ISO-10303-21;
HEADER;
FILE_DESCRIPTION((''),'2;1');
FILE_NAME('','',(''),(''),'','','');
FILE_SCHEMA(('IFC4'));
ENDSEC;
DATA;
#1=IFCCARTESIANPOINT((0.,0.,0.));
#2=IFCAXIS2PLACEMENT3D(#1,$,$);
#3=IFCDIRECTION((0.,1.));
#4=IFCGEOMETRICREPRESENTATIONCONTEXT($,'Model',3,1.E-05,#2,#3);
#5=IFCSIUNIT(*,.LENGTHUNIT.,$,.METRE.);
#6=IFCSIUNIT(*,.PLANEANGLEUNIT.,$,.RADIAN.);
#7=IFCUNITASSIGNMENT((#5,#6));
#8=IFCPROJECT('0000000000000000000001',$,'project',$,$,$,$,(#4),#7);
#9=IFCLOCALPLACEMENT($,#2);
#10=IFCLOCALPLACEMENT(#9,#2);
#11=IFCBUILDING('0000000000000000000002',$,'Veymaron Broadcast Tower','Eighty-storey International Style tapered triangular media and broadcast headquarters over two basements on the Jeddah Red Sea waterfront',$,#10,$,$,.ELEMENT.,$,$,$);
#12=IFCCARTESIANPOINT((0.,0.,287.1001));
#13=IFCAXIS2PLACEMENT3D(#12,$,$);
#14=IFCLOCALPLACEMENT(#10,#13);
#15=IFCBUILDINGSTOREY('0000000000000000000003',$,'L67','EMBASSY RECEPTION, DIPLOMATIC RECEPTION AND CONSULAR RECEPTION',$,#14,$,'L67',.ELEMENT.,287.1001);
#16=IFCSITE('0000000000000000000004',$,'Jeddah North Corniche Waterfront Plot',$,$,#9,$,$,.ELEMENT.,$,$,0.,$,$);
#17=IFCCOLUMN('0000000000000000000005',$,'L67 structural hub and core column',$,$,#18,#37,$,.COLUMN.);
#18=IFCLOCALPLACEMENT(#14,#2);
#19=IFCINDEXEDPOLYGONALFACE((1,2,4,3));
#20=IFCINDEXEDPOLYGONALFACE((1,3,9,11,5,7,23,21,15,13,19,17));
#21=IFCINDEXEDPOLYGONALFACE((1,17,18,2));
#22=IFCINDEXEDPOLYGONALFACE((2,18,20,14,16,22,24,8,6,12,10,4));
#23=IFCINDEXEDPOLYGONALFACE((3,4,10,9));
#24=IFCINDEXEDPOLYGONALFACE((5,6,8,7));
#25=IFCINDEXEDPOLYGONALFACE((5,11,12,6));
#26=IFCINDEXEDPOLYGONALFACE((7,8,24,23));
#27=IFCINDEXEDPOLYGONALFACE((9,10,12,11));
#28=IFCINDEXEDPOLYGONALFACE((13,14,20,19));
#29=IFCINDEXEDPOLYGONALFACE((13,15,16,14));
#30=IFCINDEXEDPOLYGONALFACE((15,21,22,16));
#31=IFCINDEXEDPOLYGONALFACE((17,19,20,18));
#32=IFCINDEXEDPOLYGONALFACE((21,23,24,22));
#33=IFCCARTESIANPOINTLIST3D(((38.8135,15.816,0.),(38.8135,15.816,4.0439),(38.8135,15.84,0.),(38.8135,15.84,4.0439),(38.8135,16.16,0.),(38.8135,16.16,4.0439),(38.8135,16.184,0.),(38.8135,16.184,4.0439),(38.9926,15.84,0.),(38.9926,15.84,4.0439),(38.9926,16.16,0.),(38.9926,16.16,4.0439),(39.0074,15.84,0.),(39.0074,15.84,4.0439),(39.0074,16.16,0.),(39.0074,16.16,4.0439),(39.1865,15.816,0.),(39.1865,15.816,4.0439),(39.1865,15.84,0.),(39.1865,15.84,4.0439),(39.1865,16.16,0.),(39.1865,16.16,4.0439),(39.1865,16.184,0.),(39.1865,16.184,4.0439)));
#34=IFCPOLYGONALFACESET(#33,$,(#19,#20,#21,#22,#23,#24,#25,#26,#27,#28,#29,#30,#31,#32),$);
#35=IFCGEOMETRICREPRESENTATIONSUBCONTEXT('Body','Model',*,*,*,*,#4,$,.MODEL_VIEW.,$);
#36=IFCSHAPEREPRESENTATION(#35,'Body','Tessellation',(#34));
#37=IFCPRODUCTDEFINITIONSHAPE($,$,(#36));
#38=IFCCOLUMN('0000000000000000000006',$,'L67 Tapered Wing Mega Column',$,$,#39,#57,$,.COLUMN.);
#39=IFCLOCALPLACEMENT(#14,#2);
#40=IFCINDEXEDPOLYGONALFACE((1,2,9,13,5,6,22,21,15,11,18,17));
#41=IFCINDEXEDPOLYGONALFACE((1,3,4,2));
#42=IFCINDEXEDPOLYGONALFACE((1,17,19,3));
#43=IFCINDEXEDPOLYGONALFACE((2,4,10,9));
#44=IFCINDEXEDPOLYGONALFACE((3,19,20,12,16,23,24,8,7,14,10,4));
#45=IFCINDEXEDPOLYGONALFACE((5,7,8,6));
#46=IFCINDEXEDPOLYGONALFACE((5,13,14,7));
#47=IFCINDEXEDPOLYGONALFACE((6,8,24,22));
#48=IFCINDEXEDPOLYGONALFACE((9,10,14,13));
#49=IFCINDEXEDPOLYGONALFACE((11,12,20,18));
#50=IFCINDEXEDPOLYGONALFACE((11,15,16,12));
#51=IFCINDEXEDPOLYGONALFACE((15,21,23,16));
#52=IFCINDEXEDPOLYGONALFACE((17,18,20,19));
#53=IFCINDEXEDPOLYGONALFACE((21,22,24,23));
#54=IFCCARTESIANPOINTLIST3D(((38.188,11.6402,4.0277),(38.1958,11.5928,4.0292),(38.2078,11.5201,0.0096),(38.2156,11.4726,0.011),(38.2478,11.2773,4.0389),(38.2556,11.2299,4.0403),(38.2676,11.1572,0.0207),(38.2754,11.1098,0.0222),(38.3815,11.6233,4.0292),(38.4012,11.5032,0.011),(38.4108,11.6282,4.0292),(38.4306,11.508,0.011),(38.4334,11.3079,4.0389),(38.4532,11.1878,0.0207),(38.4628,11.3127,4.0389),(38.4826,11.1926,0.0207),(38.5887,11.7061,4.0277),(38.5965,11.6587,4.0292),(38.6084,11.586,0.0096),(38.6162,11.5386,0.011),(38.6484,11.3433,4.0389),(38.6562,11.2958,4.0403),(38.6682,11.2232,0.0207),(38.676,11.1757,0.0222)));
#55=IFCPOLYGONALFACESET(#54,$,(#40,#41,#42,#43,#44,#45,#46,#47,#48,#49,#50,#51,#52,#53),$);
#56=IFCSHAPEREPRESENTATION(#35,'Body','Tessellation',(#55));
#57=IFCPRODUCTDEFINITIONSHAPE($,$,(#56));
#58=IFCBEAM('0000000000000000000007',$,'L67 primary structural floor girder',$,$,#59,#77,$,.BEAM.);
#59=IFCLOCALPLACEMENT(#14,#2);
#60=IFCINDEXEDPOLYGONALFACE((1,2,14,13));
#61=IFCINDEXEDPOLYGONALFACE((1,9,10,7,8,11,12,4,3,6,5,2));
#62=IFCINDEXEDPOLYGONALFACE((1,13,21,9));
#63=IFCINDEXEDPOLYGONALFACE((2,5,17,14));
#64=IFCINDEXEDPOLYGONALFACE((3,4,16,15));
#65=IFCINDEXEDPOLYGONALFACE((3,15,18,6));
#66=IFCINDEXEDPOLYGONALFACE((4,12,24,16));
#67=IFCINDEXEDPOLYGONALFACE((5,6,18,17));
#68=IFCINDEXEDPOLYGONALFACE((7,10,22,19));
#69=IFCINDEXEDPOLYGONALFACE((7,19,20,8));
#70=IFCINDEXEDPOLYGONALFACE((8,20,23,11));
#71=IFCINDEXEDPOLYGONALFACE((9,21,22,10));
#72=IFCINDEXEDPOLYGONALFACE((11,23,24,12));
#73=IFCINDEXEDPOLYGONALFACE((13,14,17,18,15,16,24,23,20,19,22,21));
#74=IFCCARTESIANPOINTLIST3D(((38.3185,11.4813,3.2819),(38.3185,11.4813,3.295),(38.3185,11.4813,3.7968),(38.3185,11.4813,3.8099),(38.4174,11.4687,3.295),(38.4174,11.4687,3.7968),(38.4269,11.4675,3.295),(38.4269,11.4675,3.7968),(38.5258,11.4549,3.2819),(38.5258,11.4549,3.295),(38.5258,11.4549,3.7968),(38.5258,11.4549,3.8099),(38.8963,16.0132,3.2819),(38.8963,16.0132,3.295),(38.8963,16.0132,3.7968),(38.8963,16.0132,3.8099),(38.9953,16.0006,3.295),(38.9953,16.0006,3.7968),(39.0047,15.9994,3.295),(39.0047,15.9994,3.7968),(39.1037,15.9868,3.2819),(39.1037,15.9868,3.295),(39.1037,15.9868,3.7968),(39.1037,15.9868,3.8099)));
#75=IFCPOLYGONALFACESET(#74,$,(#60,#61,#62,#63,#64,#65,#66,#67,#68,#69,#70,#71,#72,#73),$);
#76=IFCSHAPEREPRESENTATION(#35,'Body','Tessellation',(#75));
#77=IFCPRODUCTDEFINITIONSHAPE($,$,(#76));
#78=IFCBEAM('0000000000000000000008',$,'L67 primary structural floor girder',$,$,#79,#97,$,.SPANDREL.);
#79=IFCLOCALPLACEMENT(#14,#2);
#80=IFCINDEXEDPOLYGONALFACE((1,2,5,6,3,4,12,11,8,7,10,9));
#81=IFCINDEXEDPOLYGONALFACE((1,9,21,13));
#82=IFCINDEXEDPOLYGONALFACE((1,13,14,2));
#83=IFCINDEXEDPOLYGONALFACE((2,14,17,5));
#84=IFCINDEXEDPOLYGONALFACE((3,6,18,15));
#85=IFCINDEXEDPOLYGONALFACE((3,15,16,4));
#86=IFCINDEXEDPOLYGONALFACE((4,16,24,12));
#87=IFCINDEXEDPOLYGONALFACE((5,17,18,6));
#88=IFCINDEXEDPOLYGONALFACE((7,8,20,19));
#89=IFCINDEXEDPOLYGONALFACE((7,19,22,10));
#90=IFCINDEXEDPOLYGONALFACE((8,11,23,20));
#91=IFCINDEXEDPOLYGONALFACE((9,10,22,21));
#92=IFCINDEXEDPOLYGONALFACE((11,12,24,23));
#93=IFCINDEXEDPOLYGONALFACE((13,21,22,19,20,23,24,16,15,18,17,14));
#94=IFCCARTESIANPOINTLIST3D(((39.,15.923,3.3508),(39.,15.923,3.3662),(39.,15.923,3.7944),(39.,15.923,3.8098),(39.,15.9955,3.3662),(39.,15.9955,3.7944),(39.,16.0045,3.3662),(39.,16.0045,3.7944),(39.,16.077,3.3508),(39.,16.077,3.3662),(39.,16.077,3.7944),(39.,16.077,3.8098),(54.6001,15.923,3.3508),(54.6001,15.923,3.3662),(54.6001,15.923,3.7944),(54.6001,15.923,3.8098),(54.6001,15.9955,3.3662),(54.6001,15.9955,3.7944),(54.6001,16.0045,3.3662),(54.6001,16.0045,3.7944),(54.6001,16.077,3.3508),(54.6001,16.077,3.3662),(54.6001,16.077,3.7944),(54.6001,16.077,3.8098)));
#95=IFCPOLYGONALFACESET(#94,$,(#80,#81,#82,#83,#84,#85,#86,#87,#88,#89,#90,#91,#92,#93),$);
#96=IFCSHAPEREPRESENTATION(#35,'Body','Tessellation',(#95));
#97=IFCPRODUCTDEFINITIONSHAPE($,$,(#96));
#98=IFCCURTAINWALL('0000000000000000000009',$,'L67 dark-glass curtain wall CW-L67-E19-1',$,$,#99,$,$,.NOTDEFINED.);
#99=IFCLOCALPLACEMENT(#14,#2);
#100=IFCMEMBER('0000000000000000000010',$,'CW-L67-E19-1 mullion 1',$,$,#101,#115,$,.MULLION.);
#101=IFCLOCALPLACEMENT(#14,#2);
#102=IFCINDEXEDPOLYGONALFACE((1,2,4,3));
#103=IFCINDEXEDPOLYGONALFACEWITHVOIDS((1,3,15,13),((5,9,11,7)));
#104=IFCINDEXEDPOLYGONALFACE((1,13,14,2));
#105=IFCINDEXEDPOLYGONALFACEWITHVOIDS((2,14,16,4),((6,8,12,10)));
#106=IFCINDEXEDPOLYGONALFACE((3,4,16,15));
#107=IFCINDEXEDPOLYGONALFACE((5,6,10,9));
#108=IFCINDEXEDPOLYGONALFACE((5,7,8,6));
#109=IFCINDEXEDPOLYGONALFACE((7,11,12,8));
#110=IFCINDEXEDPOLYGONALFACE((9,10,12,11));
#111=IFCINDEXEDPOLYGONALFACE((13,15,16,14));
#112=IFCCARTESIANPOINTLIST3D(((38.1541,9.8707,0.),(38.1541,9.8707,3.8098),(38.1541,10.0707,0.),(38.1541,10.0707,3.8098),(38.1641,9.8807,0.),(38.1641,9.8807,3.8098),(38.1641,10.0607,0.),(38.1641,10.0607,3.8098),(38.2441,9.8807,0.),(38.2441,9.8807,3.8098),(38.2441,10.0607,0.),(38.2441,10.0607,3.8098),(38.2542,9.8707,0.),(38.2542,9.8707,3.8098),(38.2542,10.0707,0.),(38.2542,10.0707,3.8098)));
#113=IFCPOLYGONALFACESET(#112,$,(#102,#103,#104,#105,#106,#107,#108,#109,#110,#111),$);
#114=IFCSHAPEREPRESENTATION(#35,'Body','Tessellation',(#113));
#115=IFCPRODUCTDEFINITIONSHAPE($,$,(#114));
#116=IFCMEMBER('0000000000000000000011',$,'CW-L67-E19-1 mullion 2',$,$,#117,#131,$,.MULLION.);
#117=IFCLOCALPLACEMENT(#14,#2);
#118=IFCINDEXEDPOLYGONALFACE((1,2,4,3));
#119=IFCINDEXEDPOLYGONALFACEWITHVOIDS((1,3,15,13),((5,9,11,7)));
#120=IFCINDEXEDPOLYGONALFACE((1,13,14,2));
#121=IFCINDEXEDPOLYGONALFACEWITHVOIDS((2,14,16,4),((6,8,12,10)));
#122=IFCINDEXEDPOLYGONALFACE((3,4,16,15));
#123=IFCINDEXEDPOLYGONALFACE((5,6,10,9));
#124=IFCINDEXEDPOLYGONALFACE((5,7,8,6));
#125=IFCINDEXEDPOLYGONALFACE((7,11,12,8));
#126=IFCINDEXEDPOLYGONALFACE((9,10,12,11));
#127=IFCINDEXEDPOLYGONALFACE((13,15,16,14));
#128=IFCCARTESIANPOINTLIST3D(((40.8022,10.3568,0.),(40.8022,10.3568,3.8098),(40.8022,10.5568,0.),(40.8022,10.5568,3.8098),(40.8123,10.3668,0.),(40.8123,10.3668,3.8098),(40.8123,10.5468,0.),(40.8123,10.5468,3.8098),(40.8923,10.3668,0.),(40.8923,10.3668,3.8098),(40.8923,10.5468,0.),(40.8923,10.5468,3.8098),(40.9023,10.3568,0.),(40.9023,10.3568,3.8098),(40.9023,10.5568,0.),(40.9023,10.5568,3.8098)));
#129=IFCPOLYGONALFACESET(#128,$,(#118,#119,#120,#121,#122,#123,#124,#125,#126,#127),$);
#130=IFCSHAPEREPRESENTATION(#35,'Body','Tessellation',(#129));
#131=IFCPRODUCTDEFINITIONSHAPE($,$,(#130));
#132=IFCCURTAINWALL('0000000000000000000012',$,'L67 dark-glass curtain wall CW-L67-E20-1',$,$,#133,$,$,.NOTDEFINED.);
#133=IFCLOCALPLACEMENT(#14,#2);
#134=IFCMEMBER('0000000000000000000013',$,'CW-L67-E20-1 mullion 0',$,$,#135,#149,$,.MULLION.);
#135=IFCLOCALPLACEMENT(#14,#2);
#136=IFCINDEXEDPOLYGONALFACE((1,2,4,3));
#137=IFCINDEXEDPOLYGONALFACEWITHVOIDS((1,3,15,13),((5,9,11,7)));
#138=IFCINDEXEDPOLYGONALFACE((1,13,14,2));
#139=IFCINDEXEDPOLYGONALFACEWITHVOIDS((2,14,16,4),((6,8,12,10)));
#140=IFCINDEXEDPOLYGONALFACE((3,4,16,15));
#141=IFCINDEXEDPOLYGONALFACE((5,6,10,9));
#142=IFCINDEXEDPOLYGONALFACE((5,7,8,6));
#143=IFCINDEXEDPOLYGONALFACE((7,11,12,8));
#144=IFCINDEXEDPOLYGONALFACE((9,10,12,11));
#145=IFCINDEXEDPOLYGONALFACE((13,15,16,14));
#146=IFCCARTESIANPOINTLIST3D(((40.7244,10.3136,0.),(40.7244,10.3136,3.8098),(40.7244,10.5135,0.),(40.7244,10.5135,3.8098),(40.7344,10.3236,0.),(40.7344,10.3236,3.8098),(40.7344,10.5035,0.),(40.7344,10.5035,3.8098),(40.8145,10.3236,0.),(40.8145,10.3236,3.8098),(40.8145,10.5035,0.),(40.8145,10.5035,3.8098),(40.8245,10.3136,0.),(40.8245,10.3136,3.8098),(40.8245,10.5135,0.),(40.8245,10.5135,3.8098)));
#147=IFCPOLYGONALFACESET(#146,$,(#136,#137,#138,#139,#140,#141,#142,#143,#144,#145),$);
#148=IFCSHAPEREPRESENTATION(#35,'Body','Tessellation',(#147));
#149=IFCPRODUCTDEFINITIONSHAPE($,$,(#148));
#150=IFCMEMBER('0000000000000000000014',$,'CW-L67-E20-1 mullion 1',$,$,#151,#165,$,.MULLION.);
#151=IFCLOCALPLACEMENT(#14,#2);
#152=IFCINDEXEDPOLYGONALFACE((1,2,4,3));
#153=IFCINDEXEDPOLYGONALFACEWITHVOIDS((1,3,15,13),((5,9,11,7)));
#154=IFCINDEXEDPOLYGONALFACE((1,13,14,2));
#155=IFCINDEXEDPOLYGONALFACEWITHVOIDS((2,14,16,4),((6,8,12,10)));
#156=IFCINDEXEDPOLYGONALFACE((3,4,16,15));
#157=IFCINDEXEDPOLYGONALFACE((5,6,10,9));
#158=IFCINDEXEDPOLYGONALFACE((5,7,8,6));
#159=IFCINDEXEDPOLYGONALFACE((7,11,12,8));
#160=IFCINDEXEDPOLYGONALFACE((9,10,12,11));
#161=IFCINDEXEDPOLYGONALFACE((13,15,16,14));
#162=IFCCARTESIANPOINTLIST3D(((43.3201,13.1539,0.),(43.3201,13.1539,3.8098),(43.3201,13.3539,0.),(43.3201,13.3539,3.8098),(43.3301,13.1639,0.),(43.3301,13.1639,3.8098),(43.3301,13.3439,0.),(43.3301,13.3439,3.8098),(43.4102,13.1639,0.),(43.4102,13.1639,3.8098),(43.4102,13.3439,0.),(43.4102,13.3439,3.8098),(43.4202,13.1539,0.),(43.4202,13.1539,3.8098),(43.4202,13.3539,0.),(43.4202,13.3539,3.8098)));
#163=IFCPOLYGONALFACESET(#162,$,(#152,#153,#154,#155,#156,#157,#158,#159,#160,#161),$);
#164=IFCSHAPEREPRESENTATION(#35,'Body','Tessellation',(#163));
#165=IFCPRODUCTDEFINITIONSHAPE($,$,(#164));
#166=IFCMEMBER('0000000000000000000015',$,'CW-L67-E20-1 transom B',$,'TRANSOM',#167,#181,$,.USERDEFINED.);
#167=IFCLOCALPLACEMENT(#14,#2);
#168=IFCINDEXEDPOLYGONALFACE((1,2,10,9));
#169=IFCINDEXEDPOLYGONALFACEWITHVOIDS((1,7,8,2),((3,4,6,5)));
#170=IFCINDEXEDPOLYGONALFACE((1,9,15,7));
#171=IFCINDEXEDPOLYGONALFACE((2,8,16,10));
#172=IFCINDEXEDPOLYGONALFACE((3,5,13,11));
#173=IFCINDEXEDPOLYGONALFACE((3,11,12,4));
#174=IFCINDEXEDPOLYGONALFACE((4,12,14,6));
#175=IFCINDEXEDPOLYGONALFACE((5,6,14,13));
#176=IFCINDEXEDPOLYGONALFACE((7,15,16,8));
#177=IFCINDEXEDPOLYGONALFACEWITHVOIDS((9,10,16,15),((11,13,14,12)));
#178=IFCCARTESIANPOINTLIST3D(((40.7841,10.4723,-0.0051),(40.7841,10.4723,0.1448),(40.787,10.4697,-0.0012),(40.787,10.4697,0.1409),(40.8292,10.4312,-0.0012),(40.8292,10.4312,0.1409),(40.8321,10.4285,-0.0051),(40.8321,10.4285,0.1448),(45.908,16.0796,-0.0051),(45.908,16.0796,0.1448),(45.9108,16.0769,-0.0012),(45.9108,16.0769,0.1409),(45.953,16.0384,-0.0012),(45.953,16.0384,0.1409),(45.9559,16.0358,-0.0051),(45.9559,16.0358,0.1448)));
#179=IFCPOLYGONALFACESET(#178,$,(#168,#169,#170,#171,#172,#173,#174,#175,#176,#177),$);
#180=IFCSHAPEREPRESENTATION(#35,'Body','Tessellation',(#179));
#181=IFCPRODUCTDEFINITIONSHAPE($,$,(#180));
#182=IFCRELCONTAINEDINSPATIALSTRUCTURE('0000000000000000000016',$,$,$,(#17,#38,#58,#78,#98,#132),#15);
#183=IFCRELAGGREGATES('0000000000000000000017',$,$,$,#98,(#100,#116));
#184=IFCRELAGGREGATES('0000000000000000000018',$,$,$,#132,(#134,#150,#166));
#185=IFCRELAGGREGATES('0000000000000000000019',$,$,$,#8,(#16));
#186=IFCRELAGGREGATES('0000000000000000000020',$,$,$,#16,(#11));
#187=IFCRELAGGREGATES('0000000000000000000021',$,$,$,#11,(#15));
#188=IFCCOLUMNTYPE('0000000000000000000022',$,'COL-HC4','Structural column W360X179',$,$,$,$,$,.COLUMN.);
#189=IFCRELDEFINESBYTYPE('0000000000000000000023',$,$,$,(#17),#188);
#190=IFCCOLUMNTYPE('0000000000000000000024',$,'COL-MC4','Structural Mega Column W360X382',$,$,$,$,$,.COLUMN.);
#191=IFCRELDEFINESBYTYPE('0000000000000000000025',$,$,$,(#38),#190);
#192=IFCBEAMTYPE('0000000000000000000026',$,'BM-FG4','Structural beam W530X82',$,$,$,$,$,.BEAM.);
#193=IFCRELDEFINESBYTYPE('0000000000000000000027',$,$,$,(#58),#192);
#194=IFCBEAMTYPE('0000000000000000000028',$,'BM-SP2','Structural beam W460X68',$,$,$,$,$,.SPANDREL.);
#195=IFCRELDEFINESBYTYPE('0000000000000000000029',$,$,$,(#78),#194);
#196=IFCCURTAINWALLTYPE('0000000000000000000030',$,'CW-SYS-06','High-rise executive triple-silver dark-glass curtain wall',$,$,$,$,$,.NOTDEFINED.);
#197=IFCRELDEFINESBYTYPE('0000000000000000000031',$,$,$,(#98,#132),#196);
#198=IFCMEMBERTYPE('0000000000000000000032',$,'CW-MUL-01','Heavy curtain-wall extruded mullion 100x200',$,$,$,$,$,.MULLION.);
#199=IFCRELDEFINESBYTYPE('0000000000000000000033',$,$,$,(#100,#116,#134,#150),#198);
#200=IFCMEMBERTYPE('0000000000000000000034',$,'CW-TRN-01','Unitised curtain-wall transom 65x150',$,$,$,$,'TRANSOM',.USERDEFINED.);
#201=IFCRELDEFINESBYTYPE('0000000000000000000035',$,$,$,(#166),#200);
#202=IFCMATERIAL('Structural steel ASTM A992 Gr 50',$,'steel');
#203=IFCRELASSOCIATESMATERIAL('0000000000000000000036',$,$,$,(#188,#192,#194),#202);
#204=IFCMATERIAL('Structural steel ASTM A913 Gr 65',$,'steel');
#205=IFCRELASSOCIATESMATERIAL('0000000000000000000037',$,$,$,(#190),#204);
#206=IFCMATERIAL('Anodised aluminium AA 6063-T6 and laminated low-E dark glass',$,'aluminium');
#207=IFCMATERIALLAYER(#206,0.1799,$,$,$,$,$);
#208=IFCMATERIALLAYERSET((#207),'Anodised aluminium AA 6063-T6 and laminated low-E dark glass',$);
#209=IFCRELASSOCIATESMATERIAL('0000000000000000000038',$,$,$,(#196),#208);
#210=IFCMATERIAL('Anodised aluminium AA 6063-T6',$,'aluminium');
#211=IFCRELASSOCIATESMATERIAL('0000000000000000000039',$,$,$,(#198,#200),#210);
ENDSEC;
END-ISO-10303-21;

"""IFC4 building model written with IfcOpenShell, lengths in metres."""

from ifc_helpers import new_model, si_unit, direction, frame, origin, origin_2d, place, context, subcontext, project, spatial, hollow_rectangle, i_section, extrude, material, layer, layer_set, material_profile, profile_set, type_object, element, aggregate, save


model = new_model("IFC4")

# Units and contexts
model_context = context("Model", 3, precision=1e-05, world=origin(), true_north=direction((0.0, 1.0)))
body_context = subcontext(model_context, "Body", "Model", "MODEL_VIEW")
ifc_project = project(units=[si_unit("LENGTHUNIT", "METRE"), si_unit("PLANEANGLEUNIT", "RADIAN")], contexts=[model_context])

# Site, building, storey
site_placement = place(None, origin())
site = spatial("IfcSite", under=ifc_project, at=site_placement, Name="Jeddah North Corniche Waterfront Plot", CompositionType="ELEMENT", RefElevation=0.0)
building_placement = place(site_placement, origin())
building = spatial("IfcBuilding", under=site, at=building_placement, Name="Veymaron Broadcast Tower", Description="Eighty-storey International Style tapered triangular media and broadcast headquarters over two basements on the Jeddah Red Sea waterfront", CompositionType="ELEMENT")
storey_placement = place(building_placement, frame((0.0, 0.0, 287.1001)))
storey = spatial("IfcBuildingStorey", under=building, at=storey_placement, Name="L67", Description="EMBASSY RECEPTION, DIPLOMATIC RECEPTION AND CONSULAR RECEPTION", LongName="L67", CompositionType="ELEMENT", Elevation=287.1001)

# Columns
ifc_material_1 = material(Name="Structural steel ASTM A992 Gr 50", Category="steel")
ifc_material_profile_1 = material_profile(ifc_material_1, i_section(OverallWidth=0.373, OverallDepth=0.3679, WebThickness=0.0149, FlangeThickness=0.0239, at=origin_2d()), Name="W360X179")
ifc_profile_set_1 = profile_set([ifc_material_profile_1], Name="Structural steel ASTM A992 Gr 50")
column_type_1 = type_object("IfcColumnType", Name="COL-HC4", Description="Structural column W360X179", PredefinedType="COLUMN", material=ifc_profile_set_1)
column_1_placement = place(storey_placement, frame((39.0, 16.0, 0.0), z_axis=(0.0, 0.0, 1.0), x_axis=(1.0, 0.0, 0.0)))
element("IfcColumn", 1, at=column_1_placement, inside=storey, type_object=column_type_1, Name="L67 structural hub and core column", PredefinedType="COLUMN", context=body_context, shape_type="SweptSolid", body=[
    extrude(i_section(OverallWidth=0.373, OverallDepth=0.3679, WebThickness=0.0149, FlangeThickness=0.0239, at=origin_2d()), origin(), (0.0, 0.0, 1.0), 4.0439),
])
ifc_material_2 = material(Name="Structural steel ASTM A913 Gr 65", Category="steel")
ifc_material_profile_2 = material_profile(ifc_material_2, i_section(OverallWidth=0.406, OverallDepth=0.416, WebThickness=0.0298, FlangeThickness=0.0481, at=origin_2d()), Name="W360X382")
ifc_profile_set_2 = profile_set([ifc_material_profile_2], Name="Structural steel ASTM A913 Gr 65")
column_type_2 = type_object("IfcColumnType", Name="COL-MC4", Description="Structural Mega Column W360X382", PredefinedType="COLUMN", material=ifc_profile_set_2)
column_2_placement = place(storey_placement, frame((38.4419, 11.3479, 0.0159), z_axis=(-0.004919, 0.029881, 0.999541), x_axis=(-0.986717, -0.162447, 0.0)))
element("IfcColumn", 2, at=column_2_placement, inside=storey, type_object=column_type_2, Name="L67 Tapered Wing Mega Column", PredefinedType="COLUMN", context=body_context, shape_type="SweptSolid", body=[
    extrude(i_section(OverallWidth=0.406, OverallDepth=0.416, WebThickness=0.0298, FlangeThickness=0.0481, at=origin_2d()), origin(), (0.0, 0.0, 1.0), 4.02),
])

# Beams
ifc_material_profile_3 = material_profile(ifc_material_1, i_section(OverallWidth=0.209, OverallDepth=0.5281, WebThickness=0.0095, FlangeThickness=0.0132, at=origin_2d()), Name="W530X82")
ifc_profile_set_3 = profile_set([ifc_material_profile_3], Name="Structural steel ASTM A992 Gr 50")
beam_type_1 = type_object("IfcBeamType", Name="BM-FG4", Description="Structural beam W530X82", PredefinedType="BEAM", material=ifc_profile_set_3)
beam_1_placement = place(storey_placement, frame((39.0, 16.0, 3.5459), z_axis=(-0.126488, -0.991968, 0.0), x_axis=(0.991968, -0.126488, 0.0)))
element("IfcBeam", 3, at=beam_1_placement, inside=storey, type_object=beam_type_1, Name="L67 primary structural floor girder", PredefinedType="BEAM", context=body_context, shape_type="SweptSolid", body=[
    extrude(i_section(OverallWidth=0.209, OverallDepth=0.5281, WebThickness=0.0095, FlangeThickness=0.0132, at=origin_2d()), origin(), (0.0, 0.0, 1.0), 4.5686),
])
ifc_material_profile_4 = material_profile(ifc_material_1, i_section(OverallWidth=0.1541, OverallDepth=0.459, WebThickness=0.009, FlangeThickness=0.0154, at=origin_2d()), Name="W460X68")
ifc_profile_set_4 = profile_set([ifc_material_profile_4], Name="Structural steel ASTM A992 Gr 50")
beam_type_2 = type_object("IfcBeamType", Name="BM-SP2", Description="Structural beam W460X68", PredefinedType="SPANDREL", material=ifc_profile_set_4)
beam_2_placement = place(storey_placement, frame((39.0, 16.0, 3.5803), z_axis=(1.0, 0.0, 0.0), x_axis=(0.0, 1.0, 0.0)))
element("IfcBeam", 4, at=beam_2_placement, inside=storey, type_object=beam_type_2, Name="L67 primary structural floor girder", PredefinedType="SPANDREL", context=body_context, shape_type="SweptSolid", body=[
    extrude(i_section(OverallWidth=0.1541, OverallDepth=0.459, WebThickness=0.009, FlangeThickness=0.0154, at=origin_2d()), origin(), (0.0, 0.0, 1.0), 15.6001),
])

# Curtain walls, members
ifc_material_3 = material(Name="Anodised aluminium AA 6063-T6 and laminated low-E dark glass", Category="aluminium")
ifc_layer_1 = layer(ifc_material_3, 0.1799)
ifc_layer_set_1 = layer_set([ifc_layer_1], Name="Anodised aluminium AA 6063-T6 and laminated low-E dark glass")
curtain_wall_type = type_object("IfcCurtainWallType", Name="CW-SYS-06", Description="High-rise executive triple-silver dark-glass curtain wall", PredefinedType="NOTDEFINED", material=ifc_layer_set_1)
curtain_wall_1_placement = place(storey_placement, origin())
curtain_wall_1 = element("IfcCurtainWall", 5, at=curtain_wall_1_placement, inside=storey, type_object=curtain_wall_type, Name="L67 dark-glass curtain wall CW-L67-E19-1", PredefinedType="NOTDEFINED")
ifc_material_4 = material(Name="Anodised aluminium AA 6063-T6", Category="aluminium")
ifc_material_profile_5 = material_profile(ifc_material_4, hollow_rectangle(XDim=0.1001, YDim=0.2, WallThickness=0.01, at=origin_2d()), Name="RHS200X100X10")
ifc_profile_set_5 = profile_set([ifc_material_profile_5], Name="Anodised aluminium AA 6063-T6")
member_type_1 = type_object("IfcMemberType", Name="CW-MUL-01", Description="Heavy curtain-wall extruded mullion 100x200", PredefinedType="MULLION", material=ifc_profile_set_5)
member_1_placement = place(storey_placement, frame((38.2041, 9.9707, 0.0), z_axis=(0.0, 0.0, 1.0), x_axis=(1.0, 0.0, 0.0)))
member_1 = element("IfcMember", 6, at=member_1_placement, type_object=member_type_1, Name="CW-L67-E19-1 mullion 1", PredefinedType="MULLION", context=body_context, shape_type="SweptSolid", body=[
    extrude(hollow_rectangle(XDim=0.1001, YDim=0.2, WallThickness=0.01, at=origin_2d()), origin(), (0.0, 0.0, 1.0), 3.8098),
])
member_2_placement = place(storey_placement, frame((40.8523, 10.4568, 0.0), z_axis=(0.0, 0.0, 1.0), x_axis=(1.0, 0.0, 0.0)))
member_2 = element("IfcMember", 7, at=member_2_placement, type_object=member_type_1, Name="CW-L67-E19-1 mullion 2", PredefinedType="MULLION", context=body_context, shape_type="SweptSolid", body=[
    extrude(hollow_rectangle(XDim=0.1001, YDim=0.2, WallThickness=0.01, at=origin_2d()), origin(), (0.0, 0.0, 1.0), 3.8098),
])
curtain_wall_2_placement = place(storey_placement, origin())
curtain_wall_2 = element("IfcCurtainWall", 8, at=curtain_wall_2_placement, inside=storey, type_object=curtain_wall_type, Name="L67 dark-glass curtain wall CW-L67-E20-1", PredefinedType="NOTDEFINED")
member_3_placement = place(storey_placement, frame((40.7744, 10.4136, 0.0), z_axis=(0.0, 0.0, 1.0), x_axis=(1.0, 0.0, 0.0)))
member_3 = element("IfcMember", 9, at=member_3_placement, type_object=member_type_1, Name="CW-L67-E20-1 mullion 0", PredefinedType="MULLION", context=body_context, shape_type="SweptSolid", body=[
    extrude(hollow_rectangle(XDim=0.1001, YDim=0.2, WallThickness=0.01, at=origin_2d()), origin(), (0.0, 0.0, 1.0), 3.8098),
])
member_4_placement = place(storey_placement, frame((43.3701, 13.2539, 0.0), z_axis=(0.0, 0.0, 1.0), x_axis=(1.0, 0.0, 0.0)))
member_4 = element("IfcMember", 10, at=member_4_placement, type_object=member_type_1, Name="CW-L67-E20-1 mullion 1", PredefinedType="MULLION", context=body_context, shape_type="SweptSolid", body=[
    extrude(hollow_rectangle(XDim=0.1001, YDim=0.2, WallThickness=0.01, at=origin_2d()), origin(), (0.0, 0.0, 1.0), 3.8098),
])
ifc_material_profile_6 = material_profile(ifc_material_4, hollow_rectangle(XDim=0.0649, YDim=0.1499, WallThickness=0.0039, at=origin_2d()), Name="AL150X65X4")
ifc_profile_set_6 = profile_set([ifc_material_profile_6], Name="Anodised aluminium AA 6063-T6")
member_type_2 = type_object("IfcMemberType", Name="CW-TRN-01", Description="Unitised curtain-wall transom 65x150", ElementType="TRANSOM", PredefinedType="USERDEFINED", material=ifc_profile_set_6)
member_5_placement = place(storey_placement, frame((40.8081, 10.4504, 0.0698), z_axis=(0.67457, 0.738211, 0.0), x_axis=(-0.738211, 0.67457, 0.0)))
member_5 = element("IfcMember", 11, at=member_5_placement, type_object=member_type_2, Name="CW-L67-E20-1 transom B", ObjectType="TRANSOM", PredefinedType="USERDEFINED", context=body_context, shape_type="SweptSolid", body=[
    extrude(hollow_rectangle(XDim=0.0649, YDim=0.1499, WallThickness=0.0039, at=origin_2d()), origin(), (0.0, 0.0, 1.0), 7.5957),
])

aggregate(curtain_wall_1, [member_1, member_2])
aggregate(curtain_wall_2, [member_3, member_4, member_5])

save(model, "model.ifc")
